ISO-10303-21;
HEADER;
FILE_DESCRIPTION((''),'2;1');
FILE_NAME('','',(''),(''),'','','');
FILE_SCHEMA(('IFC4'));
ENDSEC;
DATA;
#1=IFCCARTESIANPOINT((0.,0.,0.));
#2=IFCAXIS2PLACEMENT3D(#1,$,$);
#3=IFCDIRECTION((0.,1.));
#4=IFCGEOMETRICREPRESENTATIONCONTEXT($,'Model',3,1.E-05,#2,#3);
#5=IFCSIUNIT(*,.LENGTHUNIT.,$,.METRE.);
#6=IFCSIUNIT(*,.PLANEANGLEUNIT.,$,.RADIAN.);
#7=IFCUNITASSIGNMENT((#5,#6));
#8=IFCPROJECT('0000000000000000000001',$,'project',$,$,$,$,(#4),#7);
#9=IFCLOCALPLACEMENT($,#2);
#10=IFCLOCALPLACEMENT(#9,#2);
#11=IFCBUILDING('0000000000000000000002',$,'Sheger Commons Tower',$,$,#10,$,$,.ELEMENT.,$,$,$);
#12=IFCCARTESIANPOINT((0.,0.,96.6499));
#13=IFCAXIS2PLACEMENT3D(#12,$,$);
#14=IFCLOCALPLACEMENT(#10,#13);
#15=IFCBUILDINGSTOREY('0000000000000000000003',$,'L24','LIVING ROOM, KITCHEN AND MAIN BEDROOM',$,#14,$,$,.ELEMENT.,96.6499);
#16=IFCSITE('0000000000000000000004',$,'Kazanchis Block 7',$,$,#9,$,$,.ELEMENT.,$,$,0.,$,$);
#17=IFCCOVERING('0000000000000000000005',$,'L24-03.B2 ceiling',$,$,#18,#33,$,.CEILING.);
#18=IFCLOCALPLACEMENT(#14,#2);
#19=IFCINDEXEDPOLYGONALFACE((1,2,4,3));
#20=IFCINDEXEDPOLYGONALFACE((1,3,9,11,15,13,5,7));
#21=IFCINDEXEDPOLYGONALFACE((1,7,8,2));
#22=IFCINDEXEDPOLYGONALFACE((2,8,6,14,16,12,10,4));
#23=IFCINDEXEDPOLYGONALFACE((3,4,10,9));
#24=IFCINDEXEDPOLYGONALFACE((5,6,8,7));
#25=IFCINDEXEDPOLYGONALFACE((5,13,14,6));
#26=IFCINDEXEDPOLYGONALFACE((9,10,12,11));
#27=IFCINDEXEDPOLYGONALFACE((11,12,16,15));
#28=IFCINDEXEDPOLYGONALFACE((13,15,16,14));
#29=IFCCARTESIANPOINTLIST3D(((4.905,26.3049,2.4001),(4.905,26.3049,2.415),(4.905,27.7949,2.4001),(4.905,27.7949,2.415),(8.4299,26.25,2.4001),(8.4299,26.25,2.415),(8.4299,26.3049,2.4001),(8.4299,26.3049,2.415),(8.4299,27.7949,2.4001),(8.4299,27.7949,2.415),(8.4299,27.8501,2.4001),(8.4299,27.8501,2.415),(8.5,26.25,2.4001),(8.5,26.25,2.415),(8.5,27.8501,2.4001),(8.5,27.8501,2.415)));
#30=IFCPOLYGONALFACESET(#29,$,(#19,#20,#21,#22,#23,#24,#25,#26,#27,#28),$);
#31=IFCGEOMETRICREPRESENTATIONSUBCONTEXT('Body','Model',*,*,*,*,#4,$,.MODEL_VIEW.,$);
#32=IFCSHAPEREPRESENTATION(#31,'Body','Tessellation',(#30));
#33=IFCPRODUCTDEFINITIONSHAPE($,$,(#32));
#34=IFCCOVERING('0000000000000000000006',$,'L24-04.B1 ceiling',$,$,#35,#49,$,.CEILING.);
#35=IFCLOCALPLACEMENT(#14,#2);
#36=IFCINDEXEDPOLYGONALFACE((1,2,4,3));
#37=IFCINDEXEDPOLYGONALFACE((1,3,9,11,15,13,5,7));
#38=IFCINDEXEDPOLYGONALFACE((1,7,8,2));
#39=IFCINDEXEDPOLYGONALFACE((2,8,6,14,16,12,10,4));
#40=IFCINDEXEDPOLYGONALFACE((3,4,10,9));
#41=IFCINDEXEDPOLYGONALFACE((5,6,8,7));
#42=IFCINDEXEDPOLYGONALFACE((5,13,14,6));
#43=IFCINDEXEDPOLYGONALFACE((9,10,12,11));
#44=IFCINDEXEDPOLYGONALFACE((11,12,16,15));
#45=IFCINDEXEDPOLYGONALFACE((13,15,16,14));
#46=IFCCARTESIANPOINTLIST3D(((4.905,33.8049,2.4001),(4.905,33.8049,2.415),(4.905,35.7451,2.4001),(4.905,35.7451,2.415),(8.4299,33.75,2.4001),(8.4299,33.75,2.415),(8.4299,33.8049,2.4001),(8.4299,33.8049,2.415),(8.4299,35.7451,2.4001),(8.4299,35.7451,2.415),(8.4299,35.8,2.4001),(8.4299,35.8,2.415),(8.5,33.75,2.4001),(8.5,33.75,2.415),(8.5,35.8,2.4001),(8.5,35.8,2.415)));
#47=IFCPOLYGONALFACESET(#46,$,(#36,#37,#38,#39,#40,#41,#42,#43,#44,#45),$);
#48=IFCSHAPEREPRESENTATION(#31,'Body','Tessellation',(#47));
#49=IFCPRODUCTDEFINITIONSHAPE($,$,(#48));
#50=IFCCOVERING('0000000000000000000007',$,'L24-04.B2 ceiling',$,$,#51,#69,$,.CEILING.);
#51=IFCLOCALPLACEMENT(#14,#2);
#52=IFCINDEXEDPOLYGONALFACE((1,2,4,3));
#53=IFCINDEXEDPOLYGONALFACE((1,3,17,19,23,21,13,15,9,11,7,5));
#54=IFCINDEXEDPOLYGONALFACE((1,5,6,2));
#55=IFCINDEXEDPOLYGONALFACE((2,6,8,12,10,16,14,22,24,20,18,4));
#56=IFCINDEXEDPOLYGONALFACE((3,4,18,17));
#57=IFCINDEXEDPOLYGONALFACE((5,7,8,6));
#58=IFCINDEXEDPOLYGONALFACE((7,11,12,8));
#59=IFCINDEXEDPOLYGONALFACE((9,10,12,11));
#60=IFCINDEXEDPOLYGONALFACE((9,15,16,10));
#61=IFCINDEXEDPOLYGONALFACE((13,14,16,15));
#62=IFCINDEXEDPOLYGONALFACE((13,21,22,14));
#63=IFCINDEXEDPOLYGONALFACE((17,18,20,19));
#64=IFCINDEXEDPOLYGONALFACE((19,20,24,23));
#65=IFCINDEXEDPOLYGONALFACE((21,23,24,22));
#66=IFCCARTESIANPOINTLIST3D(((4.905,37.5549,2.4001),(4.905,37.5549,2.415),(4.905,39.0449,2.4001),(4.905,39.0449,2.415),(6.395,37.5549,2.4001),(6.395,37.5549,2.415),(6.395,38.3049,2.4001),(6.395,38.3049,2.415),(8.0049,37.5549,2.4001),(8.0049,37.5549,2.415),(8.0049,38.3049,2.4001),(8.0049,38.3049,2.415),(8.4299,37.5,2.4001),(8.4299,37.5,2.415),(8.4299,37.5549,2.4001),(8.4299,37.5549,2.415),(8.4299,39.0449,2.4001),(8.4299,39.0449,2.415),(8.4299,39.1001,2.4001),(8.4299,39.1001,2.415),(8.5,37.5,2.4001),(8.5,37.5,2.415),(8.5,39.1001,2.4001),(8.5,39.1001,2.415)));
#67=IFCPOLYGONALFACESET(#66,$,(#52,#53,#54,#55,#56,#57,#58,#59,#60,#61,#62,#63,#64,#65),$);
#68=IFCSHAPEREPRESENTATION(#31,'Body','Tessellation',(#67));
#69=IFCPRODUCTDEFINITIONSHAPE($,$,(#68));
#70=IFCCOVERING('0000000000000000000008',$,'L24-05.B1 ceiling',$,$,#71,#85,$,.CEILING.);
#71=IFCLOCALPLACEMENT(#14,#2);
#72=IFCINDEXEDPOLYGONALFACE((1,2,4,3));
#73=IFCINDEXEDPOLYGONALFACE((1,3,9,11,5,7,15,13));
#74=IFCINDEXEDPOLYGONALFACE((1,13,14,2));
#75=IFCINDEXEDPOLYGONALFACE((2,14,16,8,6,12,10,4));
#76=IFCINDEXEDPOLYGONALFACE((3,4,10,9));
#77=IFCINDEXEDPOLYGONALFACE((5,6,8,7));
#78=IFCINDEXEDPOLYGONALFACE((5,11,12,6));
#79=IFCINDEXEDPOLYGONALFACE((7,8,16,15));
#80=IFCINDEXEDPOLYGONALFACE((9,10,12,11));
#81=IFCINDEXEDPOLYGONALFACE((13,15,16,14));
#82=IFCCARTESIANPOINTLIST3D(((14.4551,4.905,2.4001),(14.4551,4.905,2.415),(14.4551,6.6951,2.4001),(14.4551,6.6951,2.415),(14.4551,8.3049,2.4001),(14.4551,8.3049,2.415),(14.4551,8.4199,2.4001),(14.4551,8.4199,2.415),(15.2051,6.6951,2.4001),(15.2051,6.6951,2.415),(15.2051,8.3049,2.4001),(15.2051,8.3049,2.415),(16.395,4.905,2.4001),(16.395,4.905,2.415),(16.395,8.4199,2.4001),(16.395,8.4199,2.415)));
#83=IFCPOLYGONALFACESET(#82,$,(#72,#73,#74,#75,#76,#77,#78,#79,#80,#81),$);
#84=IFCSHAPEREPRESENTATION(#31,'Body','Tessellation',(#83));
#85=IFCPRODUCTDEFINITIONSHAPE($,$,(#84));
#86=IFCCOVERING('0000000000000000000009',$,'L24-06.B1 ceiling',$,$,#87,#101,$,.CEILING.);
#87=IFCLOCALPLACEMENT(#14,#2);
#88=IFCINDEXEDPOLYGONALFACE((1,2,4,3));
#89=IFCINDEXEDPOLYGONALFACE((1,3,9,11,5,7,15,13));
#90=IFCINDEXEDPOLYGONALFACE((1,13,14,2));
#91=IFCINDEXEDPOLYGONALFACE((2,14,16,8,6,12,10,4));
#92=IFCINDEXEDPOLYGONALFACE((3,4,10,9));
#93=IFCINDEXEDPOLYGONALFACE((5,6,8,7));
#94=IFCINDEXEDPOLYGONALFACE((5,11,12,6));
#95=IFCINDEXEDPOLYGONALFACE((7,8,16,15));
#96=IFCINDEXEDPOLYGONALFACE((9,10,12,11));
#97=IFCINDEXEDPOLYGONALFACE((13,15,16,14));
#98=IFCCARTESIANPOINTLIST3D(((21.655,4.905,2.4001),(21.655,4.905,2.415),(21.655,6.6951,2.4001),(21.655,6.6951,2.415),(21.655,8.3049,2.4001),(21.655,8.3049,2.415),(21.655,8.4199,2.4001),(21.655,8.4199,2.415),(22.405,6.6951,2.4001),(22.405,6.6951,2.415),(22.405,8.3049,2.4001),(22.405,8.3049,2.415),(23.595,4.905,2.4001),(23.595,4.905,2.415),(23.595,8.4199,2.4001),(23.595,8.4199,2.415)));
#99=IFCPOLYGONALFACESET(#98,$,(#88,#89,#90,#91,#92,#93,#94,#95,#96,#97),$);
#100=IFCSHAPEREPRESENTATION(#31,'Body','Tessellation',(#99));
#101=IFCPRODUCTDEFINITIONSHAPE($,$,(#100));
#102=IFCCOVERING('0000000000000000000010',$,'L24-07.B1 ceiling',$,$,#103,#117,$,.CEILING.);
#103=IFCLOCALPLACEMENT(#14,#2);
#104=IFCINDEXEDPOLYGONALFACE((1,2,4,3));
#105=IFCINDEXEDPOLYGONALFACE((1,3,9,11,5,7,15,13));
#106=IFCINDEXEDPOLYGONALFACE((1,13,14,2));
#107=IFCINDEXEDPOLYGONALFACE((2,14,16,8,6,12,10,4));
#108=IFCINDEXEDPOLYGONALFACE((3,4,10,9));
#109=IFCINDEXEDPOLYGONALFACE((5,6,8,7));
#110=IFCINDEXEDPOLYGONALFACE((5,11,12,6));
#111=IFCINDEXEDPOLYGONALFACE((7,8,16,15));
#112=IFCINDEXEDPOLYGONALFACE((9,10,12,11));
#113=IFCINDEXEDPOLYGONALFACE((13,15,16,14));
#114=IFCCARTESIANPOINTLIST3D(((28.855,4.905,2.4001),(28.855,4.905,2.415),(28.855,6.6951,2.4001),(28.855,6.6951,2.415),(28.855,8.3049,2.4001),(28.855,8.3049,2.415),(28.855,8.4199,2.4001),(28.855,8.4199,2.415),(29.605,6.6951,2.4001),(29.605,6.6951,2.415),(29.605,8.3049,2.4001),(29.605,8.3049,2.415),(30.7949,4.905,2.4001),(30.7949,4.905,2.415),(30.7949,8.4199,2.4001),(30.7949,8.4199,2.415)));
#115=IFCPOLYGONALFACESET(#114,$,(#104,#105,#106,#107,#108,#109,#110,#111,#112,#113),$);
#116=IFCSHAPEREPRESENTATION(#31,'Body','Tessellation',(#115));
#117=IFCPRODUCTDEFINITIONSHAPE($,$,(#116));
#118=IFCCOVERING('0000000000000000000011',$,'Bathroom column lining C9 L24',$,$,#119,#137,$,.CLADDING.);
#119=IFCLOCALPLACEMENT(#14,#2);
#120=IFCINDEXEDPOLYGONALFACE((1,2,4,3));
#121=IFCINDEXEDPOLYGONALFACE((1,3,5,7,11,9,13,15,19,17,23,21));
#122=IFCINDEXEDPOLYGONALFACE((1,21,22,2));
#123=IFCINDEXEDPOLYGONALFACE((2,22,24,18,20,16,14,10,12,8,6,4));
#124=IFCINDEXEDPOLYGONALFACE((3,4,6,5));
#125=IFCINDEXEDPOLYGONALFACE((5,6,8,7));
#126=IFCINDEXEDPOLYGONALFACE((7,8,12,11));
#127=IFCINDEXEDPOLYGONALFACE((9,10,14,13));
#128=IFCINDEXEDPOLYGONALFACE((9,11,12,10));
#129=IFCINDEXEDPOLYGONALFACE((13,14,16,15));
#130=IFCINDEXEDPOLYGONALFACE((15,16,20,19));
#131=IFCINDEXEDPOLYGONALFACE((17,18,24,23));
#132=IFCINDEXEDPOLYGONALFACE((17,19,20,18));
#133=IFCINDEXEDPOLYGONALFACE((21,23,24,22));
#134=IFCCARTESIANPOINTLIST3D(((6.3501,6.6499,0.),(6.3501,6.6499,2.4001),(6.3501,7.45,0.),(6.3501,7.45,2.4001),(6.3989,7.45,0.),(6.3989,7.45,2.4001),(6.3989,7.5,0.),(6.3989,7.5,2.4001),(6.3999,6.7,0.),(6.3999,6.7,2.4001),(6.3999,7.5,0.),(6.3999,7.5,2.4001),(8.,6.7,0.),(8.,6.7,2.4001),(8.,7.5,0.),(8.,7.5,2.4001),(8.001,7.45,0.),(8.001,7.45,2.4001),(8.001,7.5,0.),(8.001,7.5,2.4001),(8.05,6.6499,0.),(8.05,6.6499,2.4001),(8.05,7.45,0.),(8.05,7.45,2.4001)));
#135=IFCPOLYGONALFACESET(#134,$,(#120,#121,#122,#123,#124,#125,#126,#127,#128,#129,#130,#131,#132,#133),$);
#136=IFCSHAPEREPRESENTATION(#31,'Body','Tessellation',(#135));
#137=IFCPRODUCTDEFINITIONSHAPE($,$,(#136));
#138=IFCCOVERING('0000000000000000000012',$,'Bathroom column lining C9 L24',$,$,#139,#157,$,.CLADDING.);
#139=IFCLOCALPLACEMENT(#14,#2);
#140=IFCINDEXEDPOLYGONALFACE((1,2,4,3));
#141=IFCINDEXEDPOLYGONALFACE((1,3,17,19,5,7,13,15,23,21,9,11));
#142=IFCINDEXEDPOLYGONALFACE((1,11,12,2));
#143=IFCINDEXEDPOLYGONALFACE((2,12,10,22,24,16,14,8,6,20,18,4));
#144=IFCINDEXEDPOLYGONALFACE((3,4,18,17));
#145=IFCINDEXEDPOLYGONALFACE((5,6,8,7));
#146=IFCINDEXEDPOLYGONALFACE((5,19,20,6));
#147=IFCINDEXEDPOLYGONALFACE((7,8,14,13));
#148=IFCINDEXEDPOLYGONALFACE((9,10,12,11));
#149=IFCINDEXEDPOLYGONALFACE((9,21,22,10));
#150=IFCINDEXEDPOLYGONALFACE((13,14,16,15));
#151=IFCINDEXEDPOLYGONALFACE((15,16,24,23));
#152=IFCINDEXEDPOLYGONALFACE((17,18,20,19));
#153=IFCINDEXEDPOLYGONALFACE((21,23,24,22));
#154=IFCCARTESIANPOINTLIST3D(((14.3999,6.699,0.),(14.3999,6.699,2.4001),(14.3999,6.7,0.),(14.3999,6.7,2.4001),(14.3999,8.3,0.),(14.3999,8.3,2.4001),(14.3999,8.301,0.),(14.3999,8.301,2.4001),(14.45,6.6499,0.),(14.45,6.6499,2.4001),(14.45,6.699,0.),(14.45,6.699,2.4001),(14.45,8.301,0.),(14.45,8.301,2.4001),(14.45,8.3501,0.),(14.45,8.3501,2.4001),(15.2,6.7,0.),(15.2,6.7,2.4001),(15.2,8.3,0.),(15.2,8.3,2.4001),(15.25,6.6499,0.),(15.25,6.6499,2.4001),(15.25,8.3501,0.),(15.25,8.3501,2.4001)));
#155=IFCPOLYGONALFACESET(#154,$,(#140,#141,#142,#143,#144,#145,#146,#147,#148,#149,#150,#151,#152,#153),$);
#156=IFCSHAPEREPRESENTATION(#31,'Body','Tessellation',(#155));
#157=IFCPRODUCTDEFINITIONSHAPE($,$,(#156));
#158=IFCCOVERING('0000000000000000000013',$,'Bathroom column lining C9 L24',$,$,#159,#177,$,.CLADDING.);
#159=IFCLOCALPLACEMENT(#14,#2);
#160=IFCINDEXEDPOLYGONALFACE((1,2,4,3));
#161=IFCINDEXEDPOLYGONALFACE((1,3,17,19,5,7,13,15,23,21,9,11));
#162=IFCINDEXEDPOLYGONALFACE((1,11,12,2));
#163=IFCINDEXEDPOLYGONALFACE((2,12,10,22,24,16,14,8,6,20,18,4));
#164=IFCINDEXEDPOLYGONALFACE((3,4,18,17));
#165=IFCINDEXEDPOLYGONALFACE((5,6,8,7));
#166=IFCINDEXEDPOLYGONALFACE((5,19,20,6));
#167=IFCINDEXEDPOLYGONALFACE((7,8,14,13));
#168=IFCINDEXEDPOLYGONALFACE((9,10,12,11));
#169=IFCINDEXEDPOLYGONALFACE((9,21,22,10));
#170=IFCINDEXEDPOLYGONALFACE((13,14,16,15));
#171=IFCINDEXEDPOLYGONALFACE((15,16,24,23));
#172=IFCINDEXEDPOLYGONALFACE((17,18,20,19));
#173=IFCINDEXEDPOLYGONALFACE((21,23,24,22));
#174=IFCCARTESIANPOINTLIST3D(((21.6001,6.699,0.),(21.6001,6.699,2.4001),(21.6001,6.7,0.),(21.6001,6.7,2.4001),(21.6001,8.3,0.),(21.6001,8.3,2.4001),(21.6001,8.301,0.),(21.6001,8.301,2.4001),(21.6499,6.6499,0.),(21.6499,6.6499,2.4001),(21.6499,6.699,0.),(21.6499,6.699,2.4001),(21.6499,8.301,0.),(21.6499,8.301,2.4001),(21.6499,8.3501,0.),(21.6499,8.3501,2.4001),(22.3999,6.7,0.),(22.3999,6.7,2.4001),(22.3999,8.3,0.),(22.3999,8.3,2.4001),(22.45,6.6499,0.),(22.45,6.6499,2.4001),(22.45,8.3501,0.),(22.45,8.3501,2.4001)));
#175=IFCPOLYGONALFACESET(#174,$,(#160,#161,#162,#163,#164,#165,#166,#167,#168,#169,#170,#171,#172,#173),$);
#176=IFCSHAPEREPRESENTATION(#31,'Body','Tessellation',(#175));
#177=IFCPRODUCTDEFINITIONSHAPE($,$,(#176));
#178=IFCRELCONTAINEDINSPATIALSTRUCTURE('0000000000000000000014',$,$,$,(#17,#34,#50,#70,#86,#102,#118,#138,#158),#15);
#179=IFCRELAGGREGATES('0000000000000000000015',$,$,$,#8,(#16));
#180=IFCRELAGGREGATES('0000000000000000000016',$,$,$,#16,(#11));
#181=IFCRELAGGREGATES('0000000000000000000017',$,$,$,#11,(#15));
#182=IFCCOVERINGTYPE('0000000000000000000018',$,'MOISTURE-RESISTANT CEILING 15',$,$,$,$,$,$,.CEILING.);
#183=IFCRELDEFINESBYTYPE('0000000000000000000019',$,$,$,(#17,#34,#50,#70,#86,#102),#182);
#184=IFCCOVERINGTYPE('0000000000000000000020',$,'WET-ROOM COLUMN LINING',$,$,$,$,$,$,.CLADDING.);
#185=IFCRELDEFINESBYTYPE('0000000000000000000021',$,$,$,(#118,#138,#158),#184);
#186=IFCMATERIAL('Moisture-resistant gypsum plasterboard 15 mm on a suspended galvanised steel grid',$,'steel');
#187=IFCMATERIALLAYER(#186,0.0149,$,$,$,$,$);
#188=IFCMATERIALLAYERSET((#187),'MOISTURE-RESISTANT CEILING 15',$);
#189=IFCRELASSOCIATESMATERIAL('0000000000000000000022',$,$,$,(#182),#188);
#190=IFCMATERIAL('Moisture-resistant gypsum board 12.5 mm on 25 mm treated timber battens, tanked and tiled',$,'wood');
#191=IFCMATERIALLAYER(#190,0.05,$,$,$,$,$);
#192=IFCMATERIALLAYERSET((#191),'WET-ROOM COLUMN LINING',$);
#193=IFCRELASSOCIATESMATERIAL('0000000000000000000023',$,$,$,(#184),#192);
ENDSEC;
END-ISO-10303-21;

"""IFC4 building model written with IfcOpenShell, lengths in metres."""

from ifc_helpers import new_model, si_unit, direction, frame, origin, place, context, subcontext, project, spatial, polyline, outline, extrude, material, layer, layer_set, type_object, element, save


model = new_model("IFC4")

# Units and contexts
model_context = context("Model", 3, precision=1e-05, world=origin(), true_north=direction((0.0, 1.0)))
body_context = subcontext(model_context, "Body", "Model", "MODEL_VIEW")
ifc_project = project(units=[si_unit("LENGTHUNIT", "METRE"), si_unit("PLANEANGLEUNIT", "RADIAN")], contexts=[model_context])

# Site, building, storey
site_placement = place(None, origin())
site = spatial("IfcSite", under=ifc_project, at=site_placement, Name="Kazanchis Block 7", CompositionType="ELEMENT", RefElevation=0.0)
building_placement = place(site_placement, origin())
building = spatial("IfcBuilding", under=site, at=building_placement, Name="Sheger Commons Tower", CompositionType="ELEMENT")
storey_placement = place(building_placement, frame((0.0, 0.0, 96.6499)))
storey = spatial("IfcBuildingStorey", under=building, at=storey_placement, Name="L24", Description="LIVING ROOM, KITCHEN AND MAIN BEDROOM", CompositionType="ELEMENT", Elevation=96.6499)

# Coverings
ifc_material_1 = material(Name="Moisture-resistant gypsum plasterboard 15 mm on a suspended galvanised steel grid", Category="steel")
ifc_layer_1 = layer(ifc_material_1, 0.0149)
ifc_layer_set_1 = layer_set([ifc_layer_1], Name="MOISTURE-RESISTANT CEILING 15")
covering_type_1 = type_object("IfcCoveringType", Name="MOISTURE-RESISTANT CEILING 15", PredefinedType="CEILING", material=ifc_layer_set_1)
covering_1_placement = place(storey_placement, frame((0.0, 0.0, 2.4001)))
element("IfcCovering", 1, at=covering_1_placement, inside=storey, type_object=covering_type_1, Name="L24-03.B2 ceiling", PredefinedType="CEILING", context=body_context, shape_type="SweptSolid", body=[
    extrude(outline(polyline([(8.4299, 26.25), (8.5, 26.25), (8.5, 27.8501), (8.4299, 27.8501), (8.4299, 27.7949), (4.905, 27.7949), (4.905, 26.3049), (8.4299, 26.3049), (8.4299, 26.25)])), origin(), (0.0, 0.0, 1.0), 0.0149),
])
covering_2_placement = place(storey_placement, frame((0.0, 0.0, 2.4001)))
element("IfcCovering", 2, at=covering_2_placement, inside=storey, type_object=covering_type_1, Name="L24-04.B1 ceiling", PredefinedType="CEILING", context=body_context, shape_type="SweptSolid", body=[
    extrude(outline(polyline([(8.4299, 33.75), (8.5, 33.75), (8.5, 35.8), (8.4299, 35.8), (8.4299, 35.7451), (4.905, 35.7451), (4.905, 33.8049), (8.4299, 33.8049), (8.4299, 33.75)])), origin(), (0.0, 0.0, 1.0), 0.0149),
])
covering_3_placement = place(storey_placement, frame((0.0, 0.0, 2.4001)))
element("IfcCovering", 3, at=covering_3_placement, inside=storey, type_object=covering_type_1, Name="L24-04.B2 ceiling", PredefinedType="CEILING", context=body_context, shape_type="SweptSolid", body=[
    extrude(outline(polyline([(8.4299, 37.5), (8.5, 37.5), (8.5, 39.1001), (8.4299, 39.1001), (8.4299, 39.0449), (4.905, 39.0449), (4.905, 37.5549), (6.395, 37.5549), (6.395, 38.3049), (8.0049, 38.3049), (8.0049, 37.5549), (8.4299, 37.5549), (8.4299, 37.5)])), origin(), (0.0, 0.0, 1.0), 0.0149),
])
covering_4_placement = place(storey_placement, frame((0.0, 0.0, 2.4001)))
element("IfcCovering", 4, at=covering_4_placement, inside=storey, type_object=covering_type_1, Name="L24-05.B1 ceiling", PredefinedType="CEILING", context=body_context, shape_type="SweptSolid", body=[
    extrude(outline(polyline([(14.4551, 4.905), (16.395, 4.905), (16.395, 8.4199), (14.4551, 8.4199), (14.4551, 8.3049), (15.2051, 8.3049), (15.2051, 6.6951), (14.4551, 6.6951), (14.4551, 4.905)])), origin(), (0.0, 0.0, 1.0), 0.0149),
])
covering_5_placement = place(storey_placement, frame((0.0, 0.0, 2.4001)))
element("IfcCovering", 5, at=covering_5_placement, inside=storey, type_object=covering_type_1, Name="L24-06.B1 ceiling", PredefinedType="CEILING", context=body_context, shape_type="SweptSolid", body=[
    extrude(outline(polyline([(21.655, 4.905), (23.595, 4.905), (23.595, 8.4199), (21.655, 8.4199), (21.655, 8.3049), (22.405, 8.3049), (22.405, 6.6951), (21.655, 6.6951), (21.655, 4.905)])), origin(), (0.0, 0.0, 1.0), 0.0149),
])
covering_6_placement = place(storey_placement, frame((0.0, 0.0, 2.4001)))
element("IfcCovering", 6, at=covering_6_placement, inside=storey, type_object=covering_type_1, Name="L24-07.B1 ceiling", PredefinedType="CEILING", context=body_context, shape_type="SweptSolid", body=[
    extrude(outline(polyline([(28.855, 4.905), (30.7949, 4.905), (30.7949, 8.4199), (28.855, 8.4199), (28.855, 8.3049), (29.605, 8.3049), (29.605, 6.6951), (28.855, 6.6951), (28.855, 4.905)])), origin(), (0.0, 0.0, 1.0), 0.0149),
])
ifc_material_2 = material(Name="Moisture-resistant gypsum board 12.5 mm on 25 mm treated timber battens, tanked and tiled", Category="wood")
ifc_layer_2 = layer(ifc_material_2, 0.05)
ifc_layer_set_2 = layer_set([ifc_layer_2], Name="WET-ROOM COLUMN LINING")
covering_type_2 = type_object("IfcCoveringType", Name="WET-ROOM COLUMN LINING", PredefinedType="CLADDING", material=ifc_layer_set_2)
covering_7_placement = place(storey_placement, origin())
element("IfcCovering", 7, at=covering_7_placement, inside=storey, type_object=covering_type_2, Name="Bathroom column lining C9 L24", PredefinedType="CLADDING", context=body_context, shape_type="SweptSolid", body=[
    extrude(outline(polyline([(6.3999, 7.5), (6.3999, 6.7), (8.0, 6.7), (8.0, 7.5), (8.001, 7.5), (8.001, 7.45), (8.05, 7.45), (8.05, 6.6499), (6.3501, 6.6499), (6.3501, 7.45), (6.3989, 7.45), (6.3989, 7.5), (6.3999, 7.5)])), origin(), (0.0, 0.0, 1.0), 2.4001),
])
covering_8_placement = place(storey_placement, origin())
element("IfcCovering", 8, at=covering_8_placement, inside=storey, type_object=covering_type_2, Name="Bathroom column lining C9 L24", PredefinedType="CLADDING", context=body_context, shape_type="SweptSolid", body=[
    extrude(outline(polyline([(15.25, 6.6499), (14.45, 6.6499), (14.45, 6.699), (14.3999, 6.699), (14.3999, 6.7), (15.2, 6.7), (15.2, 8.3), (14.3999, 8.3), (14.3999, 8.301), (14.45, 8.301), (14.45, 8.3501), (15.25, 8.3501), (15.25, 6.6499)])), origin(), (0.0, 0.0, 1.0), 2.4001),
])
covering_9_placement = place(storey_placement, origin())
element("IfcCovering", 9, at=covering_9_placement, inside=storey, type_object=covering_type_2, Name="Bathroom column lining C9 L24", PredefinedType="CLADDING", context=body_context, shape_type="SweptSolid", body=[
    extrude(outline(polyline([(22.45, 6.6499), (21.6499, 6.6499), (21.6499, 6.699), (21.6001, 6.699), (21.6001, 6.7), (22.3999, 6.7), (22.3999, 8.3), (21.6001, 8.3), (21.6001, 8.301), (21.6499, 8.301), (21.6499, 8.3501), (22.45, 8.3501), (22.45, 6.6499)])), origin(), (0.0, 0.0, 1.0), 2.4001),
])

save(model, "model.ifc")
